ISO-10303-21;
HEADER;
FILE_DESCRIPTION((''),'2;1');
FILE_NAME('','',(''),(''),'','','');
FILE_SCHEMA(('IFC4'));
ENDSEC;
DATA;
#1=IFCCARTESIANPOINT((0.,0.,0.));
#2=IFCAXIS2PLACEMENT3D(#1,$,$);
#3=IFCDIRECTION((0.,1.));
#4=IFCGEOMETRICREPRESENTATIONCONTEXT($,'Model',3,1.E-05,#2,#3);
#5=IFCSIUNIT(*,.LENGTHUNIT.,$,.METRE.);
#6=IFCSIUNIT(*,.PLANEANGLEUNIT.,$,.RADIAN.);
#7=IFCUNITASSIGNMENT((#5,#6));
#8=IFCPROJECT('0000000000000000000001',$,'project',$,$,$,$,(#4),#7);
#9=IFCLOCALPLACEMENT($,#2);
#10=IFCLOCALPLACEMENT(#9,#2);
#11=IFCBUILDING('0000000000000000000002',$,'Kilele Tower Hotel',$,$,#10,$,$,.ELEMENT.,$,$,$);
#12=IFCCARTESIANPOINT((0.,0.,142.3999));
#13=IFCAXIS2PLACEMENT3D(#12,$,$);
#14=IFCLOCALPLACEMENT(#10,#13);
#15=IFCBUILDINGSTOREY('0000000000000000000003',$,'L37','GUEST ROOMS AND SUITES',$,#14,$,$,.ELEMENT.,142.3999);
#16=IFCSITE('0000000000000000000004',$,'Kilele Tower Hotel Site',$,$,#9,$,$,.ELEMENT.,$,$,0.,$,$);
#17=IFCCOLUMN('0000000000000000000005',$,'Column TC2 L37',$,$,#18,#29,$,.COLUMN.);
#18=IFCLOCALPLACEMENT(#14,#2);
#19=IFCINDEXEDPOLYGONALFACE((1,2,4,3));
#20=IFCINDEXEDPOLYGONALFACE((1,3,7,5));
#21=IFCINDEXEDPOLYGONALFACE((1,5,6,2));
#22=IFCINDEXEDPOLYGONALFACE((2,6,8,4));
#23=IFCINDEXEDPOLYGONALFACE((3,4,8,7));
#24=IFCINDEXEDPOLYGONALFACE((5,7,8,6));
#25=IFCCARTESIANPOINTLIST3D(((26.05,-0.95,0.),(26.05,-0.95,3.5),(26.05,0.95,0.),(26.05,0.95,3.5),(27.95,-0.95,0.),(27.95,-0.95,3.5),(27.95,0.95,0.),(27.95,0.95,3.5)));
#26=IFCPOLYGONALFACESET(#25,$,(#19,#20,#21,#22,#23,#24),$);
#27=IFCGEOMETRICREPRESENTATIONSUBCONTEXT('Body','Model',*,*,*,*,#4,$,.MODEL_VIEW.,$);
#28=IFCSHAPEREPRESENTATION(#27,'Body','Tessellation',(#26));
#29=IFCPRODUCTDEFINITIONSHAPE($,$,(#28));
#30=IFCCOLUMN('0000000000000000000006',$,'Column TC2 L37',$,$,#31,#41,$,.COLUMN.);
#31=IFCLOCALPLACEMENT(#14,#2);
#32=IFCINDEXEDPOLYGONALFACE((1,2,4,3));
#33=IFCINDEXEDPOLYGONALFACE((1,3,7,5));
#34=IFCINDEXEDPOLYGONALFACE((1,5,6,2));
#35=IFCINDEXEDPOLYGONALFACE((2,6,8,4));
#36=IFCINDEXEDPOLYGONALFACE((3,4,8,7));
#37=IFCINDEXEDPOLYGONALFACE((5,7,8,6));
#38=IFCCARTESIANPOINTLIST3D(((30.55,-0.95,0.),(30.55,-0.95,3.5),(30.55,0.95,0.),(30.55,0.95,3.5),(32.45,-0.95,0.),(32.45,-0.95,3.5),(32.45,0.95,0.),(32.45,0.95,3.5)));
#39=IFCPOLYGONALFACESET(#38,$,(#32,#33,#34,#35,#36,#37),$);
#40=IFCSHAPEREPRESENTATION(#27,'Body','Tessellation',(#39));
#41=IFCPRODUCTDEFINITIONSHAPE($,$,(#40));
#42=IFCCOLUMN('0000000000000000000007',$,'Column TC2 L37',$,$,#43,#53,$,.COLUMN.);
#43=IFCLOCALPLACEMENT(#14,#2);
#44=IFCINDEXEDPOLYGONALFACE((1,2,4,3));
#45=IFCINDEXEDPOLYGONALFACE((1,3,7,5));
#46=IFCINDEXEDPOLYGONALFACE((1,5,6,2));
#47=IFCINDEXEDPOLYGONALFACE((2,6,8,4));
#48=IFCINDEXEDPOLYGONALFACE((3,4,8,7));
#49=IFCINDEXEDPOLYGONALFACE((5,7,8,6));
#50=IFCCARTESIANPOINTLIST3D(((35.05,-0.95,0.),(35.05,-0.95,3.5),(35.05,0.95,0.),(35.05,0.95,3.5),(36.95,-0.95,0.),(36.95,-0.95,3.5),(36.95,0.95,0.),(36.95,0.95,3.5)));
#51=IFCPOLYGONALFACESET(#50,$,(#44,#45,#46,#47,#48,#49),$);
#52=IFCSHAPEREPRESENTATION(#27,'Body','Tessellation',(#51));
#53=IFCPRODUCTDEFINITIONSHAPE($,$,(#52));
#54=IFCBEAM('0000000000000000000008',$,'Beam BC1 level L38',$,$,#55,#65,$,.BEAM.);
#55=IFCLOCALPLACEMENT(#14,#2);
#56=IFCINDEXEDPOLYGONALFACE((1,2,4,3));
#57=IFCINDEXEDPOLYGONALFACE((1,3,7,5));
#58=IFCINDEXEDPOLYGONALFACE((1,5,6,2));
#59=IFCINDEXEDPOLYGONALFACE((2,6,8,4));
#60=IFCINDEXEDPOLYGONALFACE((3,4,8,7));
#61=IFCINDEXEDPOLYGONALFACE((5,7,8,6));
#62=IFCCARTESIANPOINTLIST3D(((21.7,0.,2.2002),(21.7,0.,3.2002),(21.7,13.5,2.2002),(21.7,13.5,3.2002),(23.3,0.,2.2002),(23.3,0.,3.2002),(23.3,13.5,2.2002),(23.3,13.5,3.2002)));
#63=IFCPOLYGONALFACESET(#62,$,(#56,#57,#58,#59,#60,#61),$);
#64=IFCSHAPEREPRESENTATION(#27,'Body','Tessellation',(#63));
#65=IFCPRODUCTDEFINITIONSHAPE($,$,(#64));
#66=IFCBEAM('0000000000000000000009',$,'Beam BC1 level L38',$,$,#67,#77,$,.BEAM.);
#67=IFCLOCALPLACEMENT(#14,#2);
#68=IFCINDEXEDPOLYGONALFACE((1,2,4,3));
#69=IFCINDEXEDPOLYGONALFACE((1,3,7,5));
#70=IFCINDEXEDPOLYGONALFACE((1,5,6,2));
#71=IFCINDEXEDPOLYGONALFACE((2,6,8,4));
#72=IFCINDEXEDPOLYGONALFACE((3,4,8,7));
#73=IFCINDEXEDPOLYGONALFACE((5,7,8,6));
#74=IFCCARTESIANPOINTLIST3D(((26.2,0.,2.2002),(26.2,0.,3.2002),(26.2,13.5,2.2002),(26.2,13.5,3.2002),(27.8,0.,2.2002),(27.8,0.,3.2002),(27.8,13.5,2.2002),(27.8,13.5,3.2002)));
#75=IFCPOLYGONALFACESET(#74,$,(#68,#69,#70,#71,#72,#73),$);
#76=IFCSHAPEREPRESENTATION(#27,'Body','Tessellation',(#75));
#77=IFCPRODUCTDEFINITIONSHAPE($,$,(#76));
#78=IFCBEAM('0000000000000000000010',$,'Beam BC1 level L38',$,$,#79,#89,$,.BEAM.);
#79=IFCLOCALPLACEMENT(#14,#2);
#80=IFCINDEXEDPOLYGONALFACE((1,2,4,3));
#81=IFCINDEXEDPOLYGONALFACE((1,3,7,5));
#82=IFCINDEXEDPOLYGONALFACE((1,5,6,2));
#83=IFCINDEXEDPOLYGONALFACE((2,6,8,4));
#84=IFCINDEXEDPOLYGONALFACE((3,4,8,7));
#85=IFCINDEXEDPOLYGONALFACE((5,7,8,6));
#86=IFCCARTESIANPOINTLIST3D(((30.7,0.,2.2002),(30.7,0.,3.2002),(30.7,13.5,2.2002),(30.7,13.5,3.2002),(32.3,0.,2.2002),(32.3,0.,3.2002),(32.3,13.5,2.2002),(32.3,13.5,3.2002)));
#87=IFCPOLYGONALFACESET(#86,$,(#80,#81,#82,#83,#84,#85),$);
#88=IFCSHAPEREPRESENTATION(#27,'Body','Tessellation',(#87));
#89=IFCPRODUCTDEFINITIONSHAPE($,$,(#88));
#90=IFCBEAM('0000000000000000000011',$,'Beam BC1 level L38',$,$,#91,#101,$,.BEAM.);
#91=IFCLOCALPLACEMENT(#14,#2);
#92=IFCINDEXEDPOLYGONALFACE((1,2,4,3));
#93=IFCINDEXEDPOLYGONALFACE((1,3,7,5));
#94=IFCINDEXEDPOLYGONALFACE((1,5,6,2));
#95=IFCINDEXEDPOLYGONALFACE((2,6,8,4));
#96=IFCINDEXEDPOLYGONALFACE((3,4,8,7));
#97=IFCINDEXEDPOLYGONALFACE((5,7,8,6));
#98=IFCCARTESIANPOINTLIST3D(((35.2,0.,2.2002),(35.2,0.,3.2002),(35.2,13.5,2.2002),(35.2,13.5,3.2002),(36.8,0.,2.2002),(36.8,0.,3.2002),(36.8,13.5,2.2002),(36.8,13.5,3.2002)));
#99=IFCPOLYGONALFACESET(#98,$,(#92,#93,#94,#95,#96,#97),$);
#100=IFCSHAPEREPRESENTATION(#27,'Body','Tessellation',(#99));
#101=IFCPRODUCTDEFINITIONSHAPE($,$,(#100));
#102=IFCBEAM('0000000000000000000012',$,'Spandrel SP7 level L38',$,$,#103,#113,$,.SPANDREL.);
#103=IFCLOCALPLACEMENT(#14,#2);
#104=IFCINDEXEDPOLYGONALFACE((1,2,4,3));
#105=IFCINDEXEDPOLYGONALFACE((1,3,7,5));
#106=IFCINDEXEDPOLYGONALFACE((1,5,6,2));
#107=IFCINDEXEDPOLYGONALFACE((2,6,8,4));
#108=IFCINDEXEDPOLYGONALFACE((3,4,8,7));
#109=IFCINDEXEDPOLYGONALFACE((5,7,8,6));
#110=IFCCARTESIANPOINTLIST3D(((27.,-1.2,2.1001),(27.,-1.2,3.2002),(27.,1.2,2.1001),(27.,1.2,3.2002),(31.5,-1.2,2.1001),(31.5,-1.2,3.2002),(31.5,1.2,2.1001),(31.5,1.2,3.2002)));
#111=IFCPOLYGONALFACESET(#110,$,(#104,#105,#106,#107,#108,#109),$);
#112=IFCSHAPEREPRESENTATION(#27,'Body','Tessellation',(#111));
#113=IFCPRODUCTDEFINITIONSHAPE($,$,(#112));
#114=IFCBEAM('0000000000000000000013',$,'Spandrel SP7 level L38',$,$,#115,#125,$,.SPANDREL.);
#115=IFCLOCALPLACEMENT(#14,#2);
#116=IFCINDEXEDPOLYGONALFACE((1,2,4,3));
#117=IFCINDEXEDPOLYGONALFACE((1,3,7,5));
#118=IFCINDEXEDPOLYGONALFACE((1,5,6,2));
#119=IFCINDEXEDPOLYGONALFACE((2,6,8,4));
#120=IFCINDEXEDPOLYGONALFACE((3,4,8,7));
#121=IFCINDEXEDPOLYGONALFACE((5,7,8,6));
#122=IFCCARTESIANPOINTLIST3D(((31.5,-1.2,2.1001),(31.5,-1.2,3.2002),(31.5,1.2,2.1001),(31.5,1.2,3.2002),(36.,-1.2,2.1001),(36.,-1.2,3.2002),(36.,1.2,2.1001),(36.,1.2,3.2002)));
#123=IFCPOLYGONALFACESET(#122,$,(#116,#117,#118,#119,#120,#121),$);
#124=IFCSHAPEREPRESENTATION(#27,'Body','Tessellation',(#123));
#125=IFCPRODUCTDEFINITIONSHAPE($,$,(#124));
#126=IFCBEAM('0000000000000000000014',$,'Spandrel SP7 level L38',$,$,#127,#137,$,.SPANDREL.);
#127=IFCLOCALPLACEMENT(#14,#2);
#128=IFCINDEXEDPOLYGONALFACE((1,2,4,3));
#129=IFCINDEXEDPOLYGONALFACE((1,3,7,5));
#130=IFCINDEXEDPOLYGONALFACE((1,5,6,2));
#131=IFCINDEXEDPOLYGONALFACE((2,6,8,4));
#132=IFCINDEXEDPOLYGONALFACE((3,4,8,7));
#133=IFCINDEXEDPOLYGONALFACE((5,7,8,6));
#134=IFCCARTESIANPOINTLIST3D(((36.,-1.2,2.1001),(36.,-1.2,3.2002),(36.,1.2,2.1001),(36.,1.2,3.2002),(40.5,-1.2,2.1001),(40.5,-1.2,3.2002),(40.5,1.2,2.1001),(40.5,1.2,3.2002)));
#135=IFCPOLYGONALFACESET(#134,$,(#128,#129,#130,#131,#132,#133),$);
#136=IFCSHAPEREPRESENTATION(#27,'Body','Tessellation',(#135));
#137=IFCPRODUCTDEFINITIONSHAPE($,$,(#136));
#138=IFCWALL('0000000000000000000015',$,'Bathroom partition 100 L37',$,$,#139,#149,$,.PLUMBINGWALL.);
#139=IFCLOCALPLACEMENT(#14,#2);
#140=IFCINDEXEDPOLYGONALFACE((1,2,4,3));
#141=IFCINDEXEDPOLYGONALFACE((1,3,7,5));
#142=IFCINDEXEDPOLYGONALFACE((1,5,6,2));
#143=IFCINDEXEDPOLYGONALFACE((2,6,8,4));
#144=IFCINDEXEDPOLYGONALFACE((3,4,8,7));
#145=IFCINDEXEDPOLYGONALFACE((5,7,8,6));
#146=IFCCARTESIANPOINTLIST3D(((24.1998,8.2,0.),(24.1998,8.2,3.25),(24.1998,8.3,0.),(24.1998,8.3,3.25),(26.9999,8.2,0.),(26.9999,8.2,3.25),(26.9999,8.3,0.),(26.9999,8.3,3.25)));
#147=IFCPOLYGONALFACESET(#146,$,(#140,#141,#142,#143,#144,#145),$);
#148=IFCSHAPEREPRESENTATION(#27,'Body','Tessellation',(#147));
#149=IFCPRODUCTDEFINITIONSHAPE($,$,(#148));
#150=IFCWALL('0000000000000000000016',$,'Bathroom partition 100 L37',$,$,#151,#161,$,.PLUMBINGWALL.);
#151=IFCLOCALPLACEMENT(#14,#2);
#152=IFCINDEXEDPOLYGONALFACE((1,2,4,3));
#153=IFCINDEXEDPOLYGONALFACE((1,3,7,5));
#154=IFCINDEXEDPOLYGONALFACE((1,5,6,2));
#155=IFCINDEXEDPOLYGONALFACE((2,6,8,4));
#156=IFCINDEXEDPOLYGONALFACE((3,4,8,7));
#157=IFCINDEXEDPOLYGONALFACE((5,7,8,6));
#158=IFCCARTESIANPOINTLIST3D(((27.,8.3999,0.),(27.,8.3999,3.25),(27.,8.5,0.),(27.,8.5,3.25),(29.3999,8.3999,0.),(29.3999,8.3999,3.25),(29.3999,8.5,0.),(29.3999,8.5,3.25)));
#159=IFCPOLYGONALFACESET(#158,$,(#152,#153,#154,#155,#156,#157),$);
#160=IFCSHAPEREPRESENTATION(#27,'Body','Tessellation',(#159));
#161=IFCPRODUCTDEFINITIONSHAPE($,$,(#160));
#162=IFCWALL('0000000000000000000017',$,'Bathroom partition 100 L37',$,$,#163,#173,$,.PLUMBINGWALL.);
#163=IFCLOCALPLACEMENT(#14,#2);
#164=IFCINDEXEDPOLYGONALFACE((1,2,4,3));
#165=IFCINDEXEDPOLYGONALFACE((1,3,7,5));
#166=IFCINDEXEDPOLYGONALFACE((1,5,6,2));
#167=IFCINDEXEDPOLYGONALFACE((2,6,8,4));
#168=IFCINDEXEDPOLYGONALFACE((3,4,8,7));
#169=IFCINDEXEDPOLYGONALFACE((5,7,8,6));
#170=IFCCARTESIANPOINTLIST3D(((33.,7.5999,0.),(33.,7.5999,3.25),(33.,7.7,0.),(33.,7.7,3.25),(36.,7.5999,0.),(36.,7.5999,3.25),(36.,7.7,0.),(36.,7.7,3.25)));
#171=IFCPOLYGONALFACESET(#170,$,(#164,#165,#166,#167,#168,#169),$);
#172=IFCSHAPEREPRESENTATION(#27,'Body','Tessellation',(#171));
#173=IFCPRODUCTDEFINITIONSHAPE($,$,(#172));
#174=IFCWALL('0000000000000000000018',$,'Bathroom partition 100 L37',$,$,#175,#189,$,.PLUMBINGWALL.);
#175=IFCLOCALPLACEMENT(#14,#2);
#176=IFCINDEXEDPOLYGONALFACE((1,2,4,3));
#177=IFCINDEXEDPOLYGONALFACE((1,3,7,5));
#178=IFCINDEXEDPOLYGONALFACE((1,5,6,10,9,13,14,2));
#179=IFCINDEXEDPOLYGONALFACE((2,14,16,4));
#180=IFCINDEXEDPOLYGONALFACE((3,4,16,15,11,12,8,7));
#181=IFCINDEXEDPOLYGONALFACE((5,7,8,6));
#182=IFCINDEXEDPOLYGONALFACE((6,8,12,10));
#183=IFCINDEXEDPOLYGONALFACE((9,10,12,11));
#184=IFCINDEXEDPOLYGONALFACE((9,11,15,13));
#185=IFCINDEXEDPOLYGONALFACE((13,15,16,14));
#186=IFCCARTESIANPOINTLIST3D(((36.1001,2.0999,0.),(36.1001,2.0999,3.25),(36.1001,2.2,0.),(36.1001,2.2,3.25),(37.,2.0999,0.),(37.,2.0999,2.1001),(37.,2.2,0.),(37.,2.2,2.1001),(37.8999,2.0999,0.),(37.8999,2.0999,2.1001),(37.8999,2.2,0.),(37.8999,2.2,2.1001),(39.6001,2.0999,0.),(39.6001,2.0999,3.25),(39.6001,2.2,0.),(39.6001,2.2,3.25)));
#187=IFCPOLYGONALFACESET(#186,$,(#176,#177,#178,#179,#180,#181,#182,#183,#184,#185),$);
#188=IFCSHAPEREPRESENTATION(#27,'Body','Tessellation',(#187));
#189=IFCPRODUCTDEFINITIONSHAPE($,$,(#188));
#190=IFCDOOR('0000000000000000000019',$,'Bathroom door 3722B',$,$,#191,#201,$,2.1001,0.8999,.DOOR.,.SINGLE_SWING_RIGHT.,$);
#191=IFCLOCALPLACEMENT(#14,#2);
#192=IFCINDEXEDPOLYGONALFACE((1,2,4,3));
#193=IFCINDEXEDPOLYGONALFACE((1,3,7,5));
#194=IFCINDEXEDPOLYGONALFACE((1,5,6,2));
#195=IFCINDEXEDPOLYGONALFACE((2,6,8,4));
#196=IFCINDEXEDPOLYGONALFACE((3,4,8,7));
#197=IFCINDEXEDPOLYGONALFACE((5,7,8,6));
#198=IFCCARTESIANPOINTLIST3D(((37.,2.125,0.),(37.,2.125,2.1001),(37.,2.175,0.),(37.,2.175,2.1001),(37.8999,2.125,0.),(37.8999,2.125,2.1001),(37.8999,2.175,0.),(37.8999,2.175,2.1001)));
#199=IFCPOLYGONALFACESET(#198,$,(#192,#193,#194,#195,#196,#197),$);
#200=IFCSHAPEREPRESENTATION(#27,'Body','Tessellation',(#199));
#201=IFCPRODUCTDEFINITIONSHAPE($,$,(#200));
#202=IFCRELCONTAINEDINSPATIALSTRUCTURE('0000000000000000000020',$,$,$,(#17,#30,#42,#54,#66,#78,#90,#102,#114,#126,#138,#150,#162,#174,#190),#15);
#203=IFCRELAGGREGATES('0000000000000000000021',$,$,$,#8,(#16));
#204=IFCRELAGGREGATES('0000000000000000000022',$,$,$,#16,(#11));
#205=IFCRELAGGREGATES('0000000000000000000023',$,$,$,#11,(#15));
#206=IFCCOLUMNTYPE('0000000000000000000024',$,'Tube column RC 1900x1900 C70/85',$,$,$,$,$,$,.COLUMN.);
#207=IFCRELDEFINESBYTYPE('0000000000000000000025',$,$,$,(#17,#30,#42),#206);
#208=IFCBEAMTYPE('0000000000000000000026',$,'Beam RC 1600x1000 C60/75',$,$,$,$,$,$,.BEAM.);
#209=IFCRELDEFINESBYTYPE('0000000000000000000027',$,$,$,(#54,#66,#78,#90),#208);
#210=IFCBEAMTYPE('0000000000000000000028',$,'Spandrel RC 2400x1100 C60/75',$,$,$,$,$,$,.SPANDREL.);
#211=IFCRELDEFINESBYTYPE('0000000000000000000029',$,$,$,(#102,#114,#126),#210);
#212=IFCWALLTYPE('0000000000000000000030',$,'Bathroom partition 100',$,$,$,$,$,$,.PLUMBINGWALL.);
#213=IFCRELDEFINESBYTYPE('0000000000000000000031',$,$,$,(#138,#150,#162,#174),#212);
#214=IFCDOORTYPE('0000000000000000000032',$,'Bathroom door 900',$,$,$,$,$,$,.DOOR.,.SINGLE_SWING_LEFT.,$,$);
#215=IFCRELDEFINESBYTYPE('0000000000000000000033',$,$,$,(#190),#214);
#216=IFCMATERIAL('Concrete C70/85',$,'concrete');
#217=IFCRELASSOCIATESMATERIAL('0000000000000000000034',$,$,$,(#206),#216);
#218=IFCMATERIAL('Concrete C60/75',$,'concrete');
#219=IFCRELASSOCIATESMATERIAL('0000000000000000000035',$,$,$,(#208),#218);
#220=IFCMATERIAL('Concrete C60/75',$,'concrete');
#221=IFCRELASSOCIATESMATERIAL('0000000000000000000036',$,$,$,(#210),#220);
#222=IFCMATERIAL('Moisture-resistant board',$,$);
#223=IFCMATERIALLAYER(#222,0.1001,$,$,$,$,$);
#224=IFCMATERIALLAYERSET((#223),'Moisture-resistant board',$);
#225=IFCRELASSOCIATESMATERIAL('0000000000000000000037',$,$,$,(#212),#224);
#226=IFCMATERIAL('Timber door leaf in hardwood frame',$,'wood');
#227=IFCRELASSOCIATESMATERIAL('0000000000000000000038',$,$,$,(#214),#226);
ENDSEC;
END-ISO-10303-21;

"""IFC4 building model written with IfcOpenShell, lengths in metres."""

from ifc_helpers import new_model, si_unit, direction, frame, frame_2d, origin, origin_2d, place, context, subcontext, project, spatial, rectangle, extrude, material, layer, layer_set, material_profile, profile_set, type_object, element, fill, save


model = new_model("IFC4")

# Units and contexts
model_context = context("Model", 3, precision=1e-05, world=origin(), true_north=direction((0.0, 1.0)))
body_context = subcontext(model_context, "Body", "Model", "MODEL_VIEW")
ifc_project = project(units=[si_unit("LENGTHUNIT", "METRE"), si_unit("PLANEANGLEUNIT", "RADIAN")], contexts=[model_context])

# Site, building, storey
site_placement = place(None, origin())
site = spatial("IfcSite", under=ifc_project, at=site_placement, Name="Kilele Tower Hotel Site", CompositionType="ELEMENT", RefElevation=0.0)
building_placement = place(site_placement, origin())
building = spatial("IfcBuilding", under=site, at=building_placement, Name="Kilele Tower Hotel", CompositionType="ELEMENT")
storey_placement = place(building_placement, frame((0.0, 0.0, 142.3999)))
storey = spatial("IfcBuildingStorey", under=building, at=storey_placement, Name="L37", Description="GUEST ROOMS AND SUITES", CompositionType="ELEMENT", Elevation=142.3999)

# Columns
ifc_material_1 = material(Name="Concrete C70/85", Category="concrete")
ifc_material_profile_1 = material_profile(ifc_material_1, rectangle(XDim=1.8999, YDim=1.8999, at=origin_2d()))
ifc_profile_set_1 = profile_set([ifc_material_profile_1], Name="Concrete C70/85")
column_type = type_object("IfcColumnType", Name="Tube column RC 1900x1900 C70/85", PredefinedType="COLUMN", material=ifc_profile_set_1)
for number, where, z_axis, x_axis, name in (
    (1, (27.0, 0.0, 0.0), (0.0, 0.0, 1.0), (1.0, 0.0, 0.0), "Column TC2 L37"),
    (2, (31.5, 0.0, 0.0), (0.0, 0.0, 1.0), (1.0, 0.0, 0.0), "Column TC2 L37"),
    (3, (36.0, 0.0, 0.0), (0.0, 0.0, 1.0), (1.0, 0.0, 0.0), "Column TC2 L37"),
):
    element("IfcColumn", number, at=place(storey_placement, frame(where, z_axis=z_axis, x_axis=x_axis)), inside=storey, type_object=column_type, Name=name, PredefinedType="COLUMN", context=body_context, shape_type="SweptSolid", body=[
        extrude(rectangle(XDim=1.8999, YDim=1.8999, at=origin_2d()), origin(), (0.0, 0.0, 1.0), 3.5),
    ])

# Beams
ifc_material_2 = material(Name="Concrete C60/75", Category="concrete")
ifc_material_profile_2 = material_profile(ifc_material_2, rectangle(XDim=1.6001, YDim=1.0, at=origin_2d()))
ifc_profile_set_2 = profile_set([ifc_material_profile_2], Name="Concrete C60/75")
beam_type_1 = type_object("IfcBeamType", Name="Beam RC 1600x1000 C60/75", PredefinedType="BEAM", material=ifc_profile_set_2)
for number, where, z_axis, x_axis, name in (
    (4, (22.5, 0.0, 2.7002), (0.0, 1.0, 0.0), (-1.0, 0.0, 0.0), "Beam BC1 level L38"),
    (5, (27.0, 0.0, 2.7002), (0.0, 1.0, 0.0), (-1.0, 0.0, 0.0), "Beam BC1 level L38"),
    (6, (31.5, 0.0, 2.7002), (0.0, 1.0, 0.0), (-1.0, 0.0, 0.0), "Beam BC1 level L38"),
    (7, (36.0, 0.0, 2.7002), (0.0, 1.0, 0.0), (-1.0, 0.0, 0.0), "Beam BC1 level L38"),
):
    element("IfcBeam", number, at=place(storey_placement, frame(where, z_axis=z_axis, x_axis=x_axis)), inside=storey, type_object=beam_type_1, Name=name, PredefinedType="BEAM", context=body_context, shape_type="SweptSolid", body=[
        extrude(rectangle(XDim=1.6001, YDim=1.0, at=origin_2d()), origin(), (0.0, 0.0, 1.0), 13.5),
    ])
ifc_material_3 = material(Name="Concrete C60/75", Category="concrete")
ifc_material_profile_3 = material_profile(ifc_material_3, rectangle(XDim=2.3999, YDim=1.1001, at=origin_2d()))
ifc_profile_set_3 = profile_set([ifc_material_profile_3], Name="Concrete C60/75")
beam_type_2 = type_object("IfcBeamType", Name="Spandrel RC 2400x1100 C60/75", PredefinedType="SPANDREL", material=ifc_profile_set_3)
for number, where, z_axis, x_axis, name in (
    (8, (27.0, 0.0, 2.6501), (1.0, 0.0, 0.0), (0.0, 1.0, 0.0), "Spandrel SP7 level L38"),
    (9, (31.5, 0.0, 2.6501), (1.0, 0.0, 0.0), (0.0, 1.0, 0.0), "Spandrel SP7 level L38"),
    (10, (36.0, 0.0, 2.6501), (1.0, 0.0, 0.0), (0.0, 1.0, 0.0), "Spandrel SP7 level L38"),
):
    element("IfcBeam", number, at=place(storey_placement, frame(where, z_axis=z_axis, x_axis=x_axis)), inside=storey, type_object=beam_type_2, Name=name, PredefinedType="SPANDREL", context=body_context, shape_type="SweptSolid", body=[
        extrude(rectangle(XDim=2.3999, YDim=1.1001, at=origin_2d()), origin(), (0.0, 0.0, 1.0), 4.5),
    ])

# Walls
ifc_material_4 = material(Name="Moisture-resistant board")
ifc_layer_1 = layer(ifc_material_4, 0.1001)
ifc_layer_set_1 = layer_set([ifc_layer_1], Name="Moisture-resistant board")
wall_type_1 = type_object("IfcWallType", Name="Bathroom partition 100", PredefinedType="PLUMBINGWALL", material=ifc_layer_set_1)
wall_1_placement = place(storey_placement, frame((24.2, 8.25, 0.0), z_axis=(0.0, 0.0, 1.0), x_axis=(1.0, 0.0, 0.0)))
element("IfcWall", 11, at=wall_1_placement, inside=storey, type_object=wall_type_1, Name="Bathroom partition 100 L37", PredefinedType="PLUMBINGWALL", context=body_context, shape_type="SweptSolid", body=[
    extrude(rectangle(XDim=2.8, YDim=0.1001, at=frame_2d((1.3999, 0.0))), origin(), (0.0, 0.0, 1.0), 3.25),
])
wall_2_placement = place(storey_placement, frame((27.0, 8.45, 0.0), z_axis=(0.0, 0.0, 1.0), x_axis=(1.0, 0.0, 0.0)))
element("IfcWall", 12, at=wall_2_placement, inside=storey, type_object=wall_type_1, Name="Bathroom partition 100 L37", PredefinedType="PLUMBINGWALL", context=body_context, shape_type="SweptSolid", body=[
    extrude(rectangle(XDim=2.3999, YDim=0.1001, at=frame_2d((1.2, 0.0))), origin(), (0.0, 0.0, 1.0), 3.25),
])
wall_3_placement = place(storey_placement, frame((33.0, 7.6499, 0.0), z_axis=(0.0, 0.0, 1.0), x_axis=(1.0, 0.0, 0.0)))
element("IfcWall", 13, at=wall_3_placement, inside=storey, type_object=wall_type_1, Name="Bathroom partition 100 L37", PredefinedType="PLUMBINGWALL", context=body_context, shape_type="SweptSolid", body=[
    extrude(rectangle(XDim=3.0, YDim=0.1001, at=frame_2d((1.5, 0.0))), origin(), (0.0, 0.0, 1.0), 3.25),
])

# Wall, opening, door
wall_4_placement = place(storey_placement, frame((36.1001, 2.1499, 0.0), z_axis=(0.0, 0.0, 1.0), x_axis=(1.0, 0.0, 0.0)))
wall_4 = element("IfcWall", 14, at=wall_4_placement, inside=storey, type_object=wall_type_1, Name="Bathroom partition 100 L37", PredefinedType="PLUMBINGWALL", context=body_context, shape_type="SweptSolid", body=[
    extrude(rectangle(XDim=3.5, YDim=0.1001, at=frame_2d((1.75, 0.0))), origin(), (0.0, 0.0, 1.0), 3.25),
])
opening_1_placement = place(wall_4_placement, frame((1.7998, 0.0, 0.0), z_axis=(0.0, 0.0, 1.0), x_axis=(-1.0, 0.0, 0.0)))
opening_1 = element("IfcOpeningElement", 15, at=opening_1_placement, cuts=wall_4, PredefinedType="OPENING", context=body_context, shape_type="SweptSolid", body=[
    extrude(rectangle(XDim=0.8999, YDim=2.1001, at=frame_2d((0.45, 1.05))), frame((0.0, 0.0601, 0.0), z_axis=(0.0, -1.0, 0.0), x_axis=(1.0, 0.0, 0.0)), (0.0, 0.0, 1.0), 0.1201),
])
ifc_material_5 = material(Name="Timber door leaf in hardwood frame", Category="wood")
door_type_1 = type_object("IfcDoorType", Name="Bathroom door 900", OperationType="SINGLE_SWING_LEFT", PredefinedType="DOOR", material=ifc_material_5)
door_1_placement = place(opening_1_placement, origin())
door_1 = element("IfcDoor", 16, at=door_1_placement, inside=storey, type_object=door_type_1, Name="Bathroom door 3722B", OperationType="SINGLE_SWING_RIGHT", OverallHeight=2.1001, OverallWidth=0.8999, PredefinedType="DOOR", context=body_context, shape_type="SweptSolid", body=[
    extrude(rectangle(XDim=0.8999, YDim=2.1001, at=frame_2d((0.45, 1.05))), frame((0.0, 0.0249, 0.0), z_axis=(0.0, -1.0, 0.0), x_axis=(1.0, 0.0, 0.0)), (0.0, 0.0, 1.0), 0.05),
])
fill(opening_1, door_1)

save(model, "model.ifc")
